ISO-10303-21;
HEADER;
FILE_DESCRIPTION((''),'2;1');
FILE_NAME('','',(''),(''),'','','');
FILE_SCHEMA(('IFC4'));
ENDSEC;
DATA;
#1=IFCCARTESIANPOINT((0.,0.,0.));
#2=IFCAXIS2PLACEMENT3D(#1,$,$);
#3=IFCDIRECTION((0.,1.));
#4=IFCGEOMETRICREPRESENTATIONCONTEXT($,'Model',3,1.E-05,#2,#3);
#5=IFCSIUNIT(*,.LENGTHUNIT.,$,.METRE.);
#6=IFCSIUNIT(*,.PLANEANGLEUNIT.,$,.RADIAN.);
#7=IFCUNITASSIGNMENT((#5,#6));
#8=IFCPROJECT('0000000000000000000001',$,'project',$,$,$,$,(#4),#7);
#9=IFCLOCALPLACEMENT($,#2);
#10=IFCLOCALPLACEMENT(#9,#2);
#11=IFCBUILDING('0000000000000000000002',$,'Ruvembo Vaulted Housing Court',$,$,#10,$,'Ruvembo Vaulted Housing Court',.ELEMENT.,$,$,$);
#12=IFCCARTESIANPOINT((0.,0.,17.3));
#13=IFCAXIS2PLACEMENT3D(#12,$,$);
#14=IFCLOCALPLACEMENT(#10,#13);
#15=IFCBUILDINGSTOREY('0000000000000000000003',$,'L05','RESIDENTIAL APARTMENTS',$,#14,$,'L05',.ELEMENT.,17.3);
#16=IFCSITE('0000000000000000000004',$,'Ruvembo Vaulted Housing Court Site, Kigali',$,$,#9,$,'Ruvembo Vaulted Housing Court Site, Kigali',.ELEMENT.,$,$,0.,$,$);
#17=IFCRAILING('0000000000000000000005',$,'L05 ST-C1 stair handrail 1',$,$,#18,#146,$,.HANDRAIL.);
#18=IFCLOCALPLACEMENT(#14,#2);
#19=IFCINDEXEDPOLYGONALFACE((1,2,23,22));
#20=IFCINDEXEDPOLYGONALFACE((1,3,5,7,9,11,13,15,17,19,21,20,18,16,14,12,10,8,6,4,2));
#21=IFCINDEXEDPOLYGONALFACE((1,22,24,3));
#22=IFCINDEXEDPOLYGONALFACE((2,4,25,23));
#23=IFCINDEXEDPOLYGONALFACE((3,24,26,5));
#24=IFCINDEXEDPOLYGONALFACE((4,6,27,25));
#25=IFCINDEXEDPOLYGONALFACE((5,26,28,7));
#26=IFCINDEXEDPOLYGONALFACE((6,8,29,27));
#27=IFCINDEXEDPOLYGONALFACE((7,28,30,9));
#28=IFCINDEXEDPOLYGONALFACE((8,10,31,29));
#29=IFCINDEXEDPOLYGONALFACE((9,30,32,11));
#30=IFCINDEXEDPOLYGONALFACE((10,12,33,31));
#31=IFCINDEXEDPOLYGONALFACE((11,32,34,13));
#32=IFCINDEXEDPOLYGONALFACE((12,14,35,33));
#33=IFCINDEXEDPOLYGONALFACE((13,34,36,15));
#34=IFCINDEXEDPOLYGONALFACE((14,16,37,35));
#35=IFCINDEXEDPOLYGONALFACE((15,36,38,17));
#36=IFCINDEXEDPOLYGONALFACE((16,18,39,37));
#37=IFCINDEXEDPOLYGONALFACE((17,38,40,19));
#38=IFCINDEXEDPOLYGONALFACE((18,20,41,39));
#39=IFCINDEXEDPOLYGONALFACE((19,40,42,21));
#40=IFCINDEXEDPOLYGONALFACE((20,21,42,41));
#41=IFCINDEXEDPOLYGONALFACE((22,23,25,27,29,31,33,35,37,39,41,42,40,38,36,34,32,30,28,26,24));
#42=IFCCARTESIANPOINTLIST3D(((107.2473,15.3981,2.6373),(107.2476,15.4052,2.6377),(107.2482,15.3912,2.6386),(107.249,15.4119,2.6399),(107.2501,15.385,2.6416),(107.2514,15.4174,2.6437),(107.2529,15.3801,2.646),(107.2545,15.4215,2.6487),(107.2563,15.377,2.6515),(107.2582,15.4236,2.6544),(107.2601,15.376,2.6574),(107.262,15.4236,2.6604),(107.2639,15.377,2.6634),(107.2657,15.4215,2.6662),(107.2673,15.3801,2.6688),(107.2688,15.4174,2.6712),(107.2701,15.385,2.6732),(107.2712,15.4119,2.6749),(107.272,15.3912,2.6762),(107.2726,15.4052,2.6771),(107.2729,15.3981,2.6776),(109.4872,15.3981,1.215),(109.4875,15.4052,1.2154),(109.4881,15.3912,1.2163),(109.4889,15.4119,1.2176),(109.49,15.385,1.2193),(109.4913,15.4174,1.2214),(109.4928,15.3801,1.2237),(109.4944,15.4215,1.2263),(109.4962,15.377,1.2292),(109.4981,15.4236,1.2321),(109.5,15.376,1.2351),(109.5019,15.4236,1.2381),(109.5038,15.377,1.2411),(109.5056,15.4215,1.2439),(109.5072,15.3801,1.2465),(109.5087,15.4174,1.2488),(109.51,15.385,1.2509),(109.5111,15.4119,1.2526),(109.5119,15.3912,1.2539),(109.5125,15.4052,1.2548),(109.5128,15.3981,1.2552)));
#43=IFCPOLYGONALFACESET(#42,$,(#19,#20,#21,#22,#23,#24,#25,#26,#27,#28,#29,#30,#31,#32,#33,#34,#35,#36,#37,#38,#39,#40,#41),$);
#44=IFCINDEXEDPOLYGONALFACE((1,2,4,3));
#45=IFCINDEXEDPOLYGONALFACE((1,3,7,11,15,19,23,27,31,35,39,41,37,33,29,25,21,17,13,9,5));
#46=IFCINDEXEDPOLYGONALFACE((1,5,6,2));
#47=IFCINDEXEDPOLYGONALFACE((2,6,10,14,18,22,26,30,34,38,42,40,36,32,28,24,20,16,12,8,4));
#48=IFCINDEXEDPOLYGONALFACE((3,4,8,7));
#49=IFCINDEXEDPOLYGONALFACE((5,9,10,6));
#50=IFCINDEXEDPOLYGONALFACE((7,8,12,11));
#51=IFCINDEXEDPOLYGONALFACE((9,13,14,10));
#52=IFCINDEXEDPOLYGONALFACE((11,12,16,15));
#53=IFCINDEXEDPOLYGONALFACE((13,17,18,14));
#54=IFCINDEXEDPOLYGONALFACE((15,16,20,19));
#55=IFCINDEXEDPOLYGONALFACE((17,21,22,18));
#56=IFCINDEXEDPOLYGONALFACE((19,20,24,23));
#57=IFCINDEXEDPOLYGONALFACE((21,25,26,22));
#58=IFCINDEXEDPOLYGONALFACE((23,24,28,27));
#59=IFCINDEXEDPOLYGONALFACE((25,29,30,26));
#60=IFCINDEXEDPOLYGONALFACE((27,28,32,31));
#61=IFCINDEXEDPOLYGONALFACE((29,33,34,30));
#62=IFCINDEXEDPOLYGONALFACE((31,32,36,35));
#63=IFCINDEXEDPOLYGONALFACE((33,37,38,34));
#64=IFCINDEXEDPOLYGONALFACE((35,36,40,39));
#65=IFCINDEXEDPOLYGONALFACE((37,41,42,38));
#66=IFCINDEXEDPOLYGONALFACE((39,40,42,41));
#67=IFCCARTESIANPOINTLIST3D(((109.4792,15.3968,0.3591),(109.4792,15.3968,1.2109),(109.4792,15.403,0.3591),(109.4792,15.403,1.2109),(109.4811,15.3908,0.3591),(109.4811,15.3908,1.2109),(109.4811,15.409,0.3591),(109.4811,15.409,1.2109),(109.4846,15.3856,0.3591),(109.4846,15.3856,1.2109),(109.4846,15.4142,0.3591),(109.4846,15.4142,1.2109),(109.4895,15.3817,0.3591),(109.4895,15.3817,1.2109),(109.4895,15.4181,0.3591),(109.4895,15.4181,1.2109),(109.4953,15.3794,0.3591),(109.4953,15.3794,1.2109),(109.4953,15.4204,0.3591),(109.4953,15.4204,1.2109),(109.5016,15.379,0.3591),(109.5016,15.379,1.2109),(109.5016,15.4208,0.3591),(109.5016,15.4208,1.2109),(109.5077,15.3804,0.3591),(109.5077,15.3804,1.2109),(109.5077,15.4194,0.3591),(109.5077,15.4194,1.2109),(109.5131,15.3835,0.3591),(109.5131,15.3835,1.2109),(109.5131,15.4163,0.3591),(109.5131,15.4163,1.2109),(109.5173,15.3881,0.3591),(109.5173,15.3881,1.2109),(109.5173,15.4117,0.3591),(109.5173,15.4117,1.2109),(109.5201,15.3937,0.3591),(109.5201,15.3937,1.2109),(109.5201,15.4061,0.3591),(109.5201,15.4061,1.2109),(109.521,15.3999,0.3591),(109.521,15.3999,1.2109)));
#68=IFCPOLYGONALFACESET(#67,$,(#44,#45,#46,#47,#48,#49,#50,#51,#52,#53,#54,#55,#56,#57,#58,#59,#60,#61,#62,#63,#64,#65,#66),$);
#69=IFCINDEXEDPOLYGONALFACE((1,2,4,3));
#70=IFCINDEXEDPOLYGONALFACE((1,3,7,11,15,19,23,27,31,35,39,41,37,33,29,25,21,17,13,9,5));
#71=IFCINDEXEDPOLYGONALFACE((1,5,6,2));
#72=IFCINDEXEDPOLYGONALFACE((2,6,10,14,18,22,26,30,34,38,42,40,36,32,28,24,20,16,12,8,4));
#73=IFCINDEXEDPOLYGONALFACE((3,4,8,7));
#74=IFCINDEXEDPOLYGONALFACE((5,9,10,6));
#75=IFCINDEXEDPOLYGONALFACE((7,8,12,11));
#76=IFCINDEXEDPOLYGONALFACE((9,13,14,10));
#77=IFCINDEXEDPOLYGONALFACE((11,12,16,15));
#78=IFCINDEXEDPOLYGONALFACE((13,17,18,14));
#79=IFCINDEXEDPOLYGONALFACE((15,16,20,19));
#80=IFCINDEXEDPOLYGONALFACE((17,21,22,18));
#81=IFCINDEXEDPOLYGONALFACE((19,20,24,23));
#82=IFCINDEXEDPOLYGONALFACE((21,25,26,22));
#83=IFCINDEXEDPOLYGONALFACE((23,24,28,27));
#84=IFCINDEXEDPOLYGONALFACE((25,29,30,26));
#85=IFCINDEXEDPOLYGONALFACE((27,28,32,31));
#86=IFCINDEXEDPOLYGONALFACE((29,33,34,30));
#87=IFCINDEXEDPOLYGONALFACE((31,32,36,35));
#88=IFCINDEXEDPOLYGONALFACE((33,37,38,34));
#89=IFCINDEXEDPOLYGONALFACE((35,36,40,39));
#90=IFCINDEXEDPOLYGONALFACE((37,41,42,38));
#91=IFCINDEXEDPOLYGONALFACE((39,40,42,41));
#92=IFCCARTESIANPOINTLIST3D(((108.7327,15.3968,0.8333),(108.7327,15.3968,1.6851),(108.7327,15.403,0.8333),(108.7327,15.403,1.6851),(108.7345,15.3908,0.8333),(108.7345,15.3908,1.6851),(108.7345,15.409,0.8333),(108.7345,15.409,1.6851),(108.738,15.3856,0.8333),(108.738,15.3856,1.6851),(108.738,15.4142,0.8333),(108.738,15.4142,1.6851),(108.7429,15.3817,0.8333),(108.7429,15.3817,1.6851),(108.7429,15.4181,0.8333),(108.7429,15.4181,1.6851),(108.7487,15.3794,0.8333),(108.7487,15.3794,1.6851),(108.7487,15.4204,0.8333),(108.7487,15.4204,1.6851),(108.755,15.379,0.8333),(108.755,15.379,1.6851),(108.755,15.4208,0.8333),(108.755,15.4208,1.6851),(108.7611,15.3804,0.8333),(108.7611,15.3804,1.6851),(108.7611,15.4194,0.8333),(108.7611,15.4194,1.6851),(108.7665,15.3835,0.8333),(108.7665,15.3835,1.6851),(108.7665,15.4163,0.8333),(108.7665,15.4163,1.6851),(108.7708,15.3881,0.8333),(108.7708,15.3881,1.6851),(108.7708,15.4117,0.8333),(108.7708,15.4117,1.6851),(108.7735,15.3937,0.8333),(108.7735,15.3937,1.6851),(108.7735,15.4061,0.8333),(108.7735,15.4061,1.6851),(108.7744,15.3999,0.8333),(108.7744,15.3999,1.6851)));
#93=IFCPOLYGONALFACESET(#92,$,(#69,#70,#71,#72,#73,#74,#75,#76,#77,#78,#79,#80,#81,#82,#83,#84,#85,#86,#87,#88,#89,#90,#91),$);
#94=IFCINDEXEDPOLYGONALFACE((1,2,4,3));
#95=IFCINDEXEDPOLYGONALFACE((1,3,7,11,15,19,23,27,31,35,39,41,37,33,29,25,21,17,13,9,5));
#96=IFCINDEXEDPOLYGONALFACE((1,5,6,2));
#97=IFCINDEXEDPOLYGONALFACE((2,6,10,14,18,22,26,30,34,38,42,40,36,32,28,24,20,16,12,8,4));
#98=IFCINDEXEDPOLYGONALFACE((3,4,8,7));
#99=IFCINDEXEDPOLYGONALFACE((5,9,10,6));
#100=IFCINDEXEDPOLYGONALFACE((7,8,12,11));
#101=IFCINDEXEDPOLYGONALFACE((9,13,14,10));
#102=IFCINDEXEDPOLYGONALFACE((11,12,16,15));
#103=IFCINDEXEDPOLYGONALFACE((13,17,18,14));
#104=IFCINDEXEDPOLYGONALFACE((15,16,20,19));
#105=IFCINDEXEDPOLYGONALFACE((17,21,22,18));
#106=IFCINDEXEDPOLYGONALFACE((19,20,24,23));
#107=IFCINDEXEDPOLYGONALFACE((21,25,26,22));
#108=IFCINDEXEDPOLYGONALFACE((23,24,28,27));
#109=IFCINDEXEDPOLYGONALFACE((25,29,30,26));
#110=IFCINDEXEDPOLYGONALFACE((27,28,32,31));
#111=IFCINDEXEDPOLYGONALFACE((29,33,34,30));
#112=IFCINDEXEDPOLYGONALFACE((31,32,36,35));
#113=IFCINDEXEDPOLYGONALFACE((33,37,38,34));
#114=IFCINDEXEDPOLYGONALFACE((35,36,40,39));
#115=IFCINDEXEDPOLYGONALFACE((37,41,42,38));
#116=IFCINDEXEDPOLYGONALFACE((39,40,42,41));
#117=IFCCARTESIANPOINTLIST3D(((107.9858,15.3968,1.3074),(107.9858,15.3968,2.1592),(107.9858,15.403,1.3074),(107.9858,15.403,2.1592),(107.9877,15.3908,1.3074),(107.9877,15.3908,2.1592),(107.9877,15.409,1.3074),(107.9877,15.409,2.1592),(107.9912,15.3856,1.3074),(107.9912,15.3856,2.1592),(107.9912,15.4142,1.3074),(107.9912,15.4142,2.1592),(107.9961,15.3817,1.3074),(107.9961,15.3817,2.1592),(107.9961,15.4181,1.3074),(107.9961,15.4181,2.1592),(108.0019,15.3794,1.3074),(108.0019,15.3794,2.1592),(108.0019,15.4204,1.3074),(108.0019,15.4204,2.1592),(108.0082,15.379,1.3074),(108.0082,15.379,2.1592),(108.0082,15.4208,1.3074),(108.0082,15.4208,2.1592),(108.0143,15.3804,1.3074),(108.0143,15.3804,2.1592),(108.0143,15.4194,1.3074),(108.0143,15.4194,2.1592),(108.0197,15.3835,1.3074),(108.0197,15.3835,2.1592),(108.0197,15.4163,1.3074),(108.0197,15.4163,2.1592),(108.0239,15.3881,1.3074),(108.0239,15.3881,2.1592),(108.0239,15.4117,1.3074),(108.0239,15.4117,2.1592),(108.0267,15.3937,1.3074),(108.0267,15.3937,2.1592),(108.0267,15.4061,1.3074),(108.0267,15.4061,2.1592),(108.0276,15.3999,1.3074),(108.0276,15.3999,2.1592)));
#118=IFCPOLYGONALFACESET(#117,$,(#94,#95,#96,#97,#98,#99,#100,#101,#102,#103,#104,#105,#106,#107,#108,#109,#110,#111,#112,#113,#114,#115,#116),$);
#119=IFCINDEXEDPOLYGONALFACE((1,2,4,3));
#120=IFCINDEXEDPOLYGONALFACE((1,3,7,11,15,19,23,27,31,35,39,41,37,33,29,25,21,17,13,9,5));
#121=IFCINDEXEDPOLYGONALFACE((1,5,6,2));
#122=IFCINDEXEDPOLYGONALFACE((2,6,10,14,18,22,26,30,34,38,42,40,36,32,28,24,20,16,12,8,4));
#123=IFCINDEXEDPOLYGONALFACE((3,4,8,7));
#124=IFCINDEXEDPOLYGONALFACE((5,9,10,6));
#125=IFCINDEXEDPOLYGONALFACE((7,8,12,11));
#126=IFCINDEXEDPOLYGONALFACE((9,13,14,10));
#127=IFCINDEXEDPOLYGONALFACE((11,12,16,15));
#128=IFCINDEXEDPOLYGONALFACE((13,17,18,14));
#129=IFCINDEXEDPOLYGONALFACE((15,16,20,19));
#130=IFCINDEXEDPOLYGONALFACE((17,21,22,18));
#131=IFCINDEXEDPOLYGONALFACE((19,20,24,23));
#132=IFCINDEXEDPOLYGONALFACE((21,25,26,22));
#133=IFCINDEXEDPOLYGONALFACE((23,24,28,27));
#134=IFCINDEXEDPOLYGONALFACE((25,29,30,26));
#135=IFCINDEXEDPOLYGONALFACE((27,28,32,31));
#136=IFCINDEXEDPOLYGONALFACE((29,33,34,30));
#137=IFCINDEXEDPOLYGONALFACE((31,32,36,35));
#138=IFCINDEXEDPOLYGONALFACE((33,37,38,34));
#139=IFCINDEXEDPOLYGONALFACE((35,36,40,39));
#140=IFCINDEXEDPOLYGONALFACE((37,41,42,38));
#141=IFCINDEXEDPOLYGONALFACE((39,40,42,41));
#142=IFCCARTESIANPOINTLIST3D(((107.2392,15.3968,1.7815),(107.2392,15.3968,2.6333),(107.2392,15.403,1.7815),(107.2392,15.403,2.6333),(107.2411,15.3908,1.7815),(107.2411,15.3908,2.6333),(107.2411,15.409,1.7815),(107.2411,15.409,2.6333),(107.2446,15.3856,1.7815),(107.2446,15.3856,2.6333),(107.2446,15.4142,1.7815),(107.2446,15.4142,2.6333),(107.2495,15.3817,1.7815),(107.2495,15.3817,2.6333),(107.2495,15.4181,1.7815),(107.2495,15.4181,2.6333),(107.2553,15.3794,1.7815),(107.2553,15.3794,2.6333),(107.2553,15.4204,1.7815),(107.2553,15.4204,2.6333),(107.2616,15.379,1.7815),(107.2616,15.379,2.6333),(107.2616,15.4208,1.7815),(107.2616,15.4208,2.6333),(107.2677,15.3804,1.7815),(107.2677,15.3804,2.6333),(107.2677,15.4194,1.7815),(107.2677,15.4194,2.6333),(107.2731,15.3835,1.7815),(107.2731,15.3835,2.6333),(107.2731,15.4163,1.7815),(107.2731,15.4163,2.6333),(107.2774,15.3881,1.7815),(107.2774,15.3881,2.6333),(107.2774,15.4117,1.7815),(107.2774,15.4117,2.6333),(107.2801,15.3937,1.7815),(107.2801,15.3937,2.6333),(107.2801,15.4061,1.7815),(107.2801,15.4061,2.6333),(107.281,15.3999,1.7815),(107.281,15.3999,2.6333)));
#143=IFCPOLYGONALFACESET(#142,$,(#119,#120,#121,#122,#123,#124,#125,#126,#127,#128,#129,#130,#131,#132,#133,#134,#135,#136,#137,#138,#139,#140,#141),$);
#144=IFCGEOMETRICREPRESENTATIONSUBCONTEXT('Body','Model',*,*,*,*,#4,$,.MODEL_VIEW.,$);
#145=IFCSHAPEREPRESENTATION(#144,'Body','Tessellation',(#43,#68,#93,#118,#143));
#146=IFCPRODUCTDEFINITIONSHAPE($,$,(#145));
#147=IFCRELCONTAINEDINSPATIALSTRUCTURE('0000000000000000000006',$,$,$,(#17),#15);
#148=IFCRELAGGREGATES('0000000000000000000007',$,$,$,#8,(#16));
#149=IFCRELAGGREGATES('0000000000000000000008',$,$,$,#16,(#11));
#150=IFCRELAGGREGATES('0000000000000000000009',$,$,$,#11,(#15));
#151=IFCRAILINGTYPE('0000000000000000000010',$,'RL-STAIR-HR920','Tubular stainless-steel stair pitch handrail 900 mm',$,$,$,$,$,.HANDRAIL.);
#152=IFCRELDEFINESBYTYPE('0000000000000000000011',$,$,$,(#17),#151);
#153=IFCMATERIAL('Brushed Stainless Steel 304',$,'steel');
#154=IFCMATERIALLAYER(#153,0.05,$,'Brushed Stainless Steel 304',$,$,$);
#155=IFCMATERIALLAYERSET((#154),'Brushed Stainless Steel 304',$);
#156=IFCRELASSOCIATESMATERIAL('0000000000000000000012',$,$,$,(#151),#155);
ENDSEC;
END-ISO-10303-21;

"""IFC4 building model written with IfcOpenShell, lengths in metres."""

from ifc_helpers import new_model, si_unit, direction, frame, origin, origin_2d, place, context, subcontext, project, spatial, circle, extrude, material, layer, layer_set, type_object, element, save


model = new_model("IFC4")

# Units and contexts
model_context = context("Model", 3, precision=1e-05, world=origin(), true_north=direction((0.0, 1.0)))
body_context = subcontext(model_context, "Body", "Model", "MODEL_VIEW")
ifc_project = project(units=[si_unit("LENGTHUNIT", "METRE"), si_unit("PLANEANGLEUNIT", "RADIAN")], contexts=[model_context])

# Site, building, storey
site_placement = place(None, origin())
site = spatial("IfcSite", under=ifc_project, at=site_placement, Name="Ruvembo Vaulted Housing Court Site, Kigali", LongName="Ruvembo Vaulted Housing Court Site, Kigali", CompositionType="ELEMENT", RefElevation=0.0)
building_placement = place(site_placement, origin())
building = spatial("IfcBuilding", under=site, at=building_placement, Name="Ruvembo Vaulted Housing Court", LongName="Ruvembo Vaulted Housing Court", CompositionType="ELEMENT")
storey_placement = place(building_placement, frame((0.0, 0.0, 17.3)))
storey = spatial("IfcBuildingStorey", under=building, at=storey_placement, Name="L05", Description="RESIDENTIAL APARTMENTS", LongName="L05", CompositionType="ELEMENT", Elevation=17.3)

# Shared definitions
ifc_material_1 = material(Name="Brushed Stainless Steel 304", Category="steel")

# Railing
ifc_layer_1 = layer(ifc_material_1, 0.05, Name="Brushed Stainless Steel 304")
ifc_layer_set_1 = layer_set([ifc_layer_1], Name="Brushed Stainless Steel 304")
railing_type_1 = type_object("IfcRailingType", Name="RL-STAIR-HR920", Description="Tubular stainless-steel stair pitch handrail 900 mm", PredefinedType="HANDRAIL", material=ifc_layer_set_1)
railing_1_placement = place(storey_placement, frame((109.5, 15.3999, 0.3591)))
element("IfcRailing", 1, at=railing_1_placement, inside=storey, type_object=railing_type_1, Name="L05 ST-C1 stair handrail 1", PredefinedType="HANDRAIL", context=body_context, shape_type="SweptSolid", body=[
    extrude(circle(Radius=0.0239, at=origin_2d()), frame((0.0, 0.0, 0.876), z_axis=(-0.844188, 0.0, 0.536048), x_axis=(0.0, -1.0, 0.0)), (0.0, 0.0, 1.0), 2.6533),
    extrude(circle(Radius=0.021, at=origin_2d()), origin(), (0.0, 0.0, 1.0), 0.8518),
    extrude(circle(Radius=0.021, at=origin_2d()), frame((-0.7466, 0.0, 0.4741)), (0.0, 0.0, 1.0), 0.8518),
    extrude(circle(Radius=0.021, at=origin_2d()), frame((-1.4934, 0.0, 0.9482)), (0.0, 0.0, 1.0), 0.8518),
    extrude(circle(Radius=0.021, at=origin_2d()), frame((-2.24, 0.0, 1.4224)), (0.0, 0.0, 1.0), 0.8518),
])

save(model, "model.ifc")
